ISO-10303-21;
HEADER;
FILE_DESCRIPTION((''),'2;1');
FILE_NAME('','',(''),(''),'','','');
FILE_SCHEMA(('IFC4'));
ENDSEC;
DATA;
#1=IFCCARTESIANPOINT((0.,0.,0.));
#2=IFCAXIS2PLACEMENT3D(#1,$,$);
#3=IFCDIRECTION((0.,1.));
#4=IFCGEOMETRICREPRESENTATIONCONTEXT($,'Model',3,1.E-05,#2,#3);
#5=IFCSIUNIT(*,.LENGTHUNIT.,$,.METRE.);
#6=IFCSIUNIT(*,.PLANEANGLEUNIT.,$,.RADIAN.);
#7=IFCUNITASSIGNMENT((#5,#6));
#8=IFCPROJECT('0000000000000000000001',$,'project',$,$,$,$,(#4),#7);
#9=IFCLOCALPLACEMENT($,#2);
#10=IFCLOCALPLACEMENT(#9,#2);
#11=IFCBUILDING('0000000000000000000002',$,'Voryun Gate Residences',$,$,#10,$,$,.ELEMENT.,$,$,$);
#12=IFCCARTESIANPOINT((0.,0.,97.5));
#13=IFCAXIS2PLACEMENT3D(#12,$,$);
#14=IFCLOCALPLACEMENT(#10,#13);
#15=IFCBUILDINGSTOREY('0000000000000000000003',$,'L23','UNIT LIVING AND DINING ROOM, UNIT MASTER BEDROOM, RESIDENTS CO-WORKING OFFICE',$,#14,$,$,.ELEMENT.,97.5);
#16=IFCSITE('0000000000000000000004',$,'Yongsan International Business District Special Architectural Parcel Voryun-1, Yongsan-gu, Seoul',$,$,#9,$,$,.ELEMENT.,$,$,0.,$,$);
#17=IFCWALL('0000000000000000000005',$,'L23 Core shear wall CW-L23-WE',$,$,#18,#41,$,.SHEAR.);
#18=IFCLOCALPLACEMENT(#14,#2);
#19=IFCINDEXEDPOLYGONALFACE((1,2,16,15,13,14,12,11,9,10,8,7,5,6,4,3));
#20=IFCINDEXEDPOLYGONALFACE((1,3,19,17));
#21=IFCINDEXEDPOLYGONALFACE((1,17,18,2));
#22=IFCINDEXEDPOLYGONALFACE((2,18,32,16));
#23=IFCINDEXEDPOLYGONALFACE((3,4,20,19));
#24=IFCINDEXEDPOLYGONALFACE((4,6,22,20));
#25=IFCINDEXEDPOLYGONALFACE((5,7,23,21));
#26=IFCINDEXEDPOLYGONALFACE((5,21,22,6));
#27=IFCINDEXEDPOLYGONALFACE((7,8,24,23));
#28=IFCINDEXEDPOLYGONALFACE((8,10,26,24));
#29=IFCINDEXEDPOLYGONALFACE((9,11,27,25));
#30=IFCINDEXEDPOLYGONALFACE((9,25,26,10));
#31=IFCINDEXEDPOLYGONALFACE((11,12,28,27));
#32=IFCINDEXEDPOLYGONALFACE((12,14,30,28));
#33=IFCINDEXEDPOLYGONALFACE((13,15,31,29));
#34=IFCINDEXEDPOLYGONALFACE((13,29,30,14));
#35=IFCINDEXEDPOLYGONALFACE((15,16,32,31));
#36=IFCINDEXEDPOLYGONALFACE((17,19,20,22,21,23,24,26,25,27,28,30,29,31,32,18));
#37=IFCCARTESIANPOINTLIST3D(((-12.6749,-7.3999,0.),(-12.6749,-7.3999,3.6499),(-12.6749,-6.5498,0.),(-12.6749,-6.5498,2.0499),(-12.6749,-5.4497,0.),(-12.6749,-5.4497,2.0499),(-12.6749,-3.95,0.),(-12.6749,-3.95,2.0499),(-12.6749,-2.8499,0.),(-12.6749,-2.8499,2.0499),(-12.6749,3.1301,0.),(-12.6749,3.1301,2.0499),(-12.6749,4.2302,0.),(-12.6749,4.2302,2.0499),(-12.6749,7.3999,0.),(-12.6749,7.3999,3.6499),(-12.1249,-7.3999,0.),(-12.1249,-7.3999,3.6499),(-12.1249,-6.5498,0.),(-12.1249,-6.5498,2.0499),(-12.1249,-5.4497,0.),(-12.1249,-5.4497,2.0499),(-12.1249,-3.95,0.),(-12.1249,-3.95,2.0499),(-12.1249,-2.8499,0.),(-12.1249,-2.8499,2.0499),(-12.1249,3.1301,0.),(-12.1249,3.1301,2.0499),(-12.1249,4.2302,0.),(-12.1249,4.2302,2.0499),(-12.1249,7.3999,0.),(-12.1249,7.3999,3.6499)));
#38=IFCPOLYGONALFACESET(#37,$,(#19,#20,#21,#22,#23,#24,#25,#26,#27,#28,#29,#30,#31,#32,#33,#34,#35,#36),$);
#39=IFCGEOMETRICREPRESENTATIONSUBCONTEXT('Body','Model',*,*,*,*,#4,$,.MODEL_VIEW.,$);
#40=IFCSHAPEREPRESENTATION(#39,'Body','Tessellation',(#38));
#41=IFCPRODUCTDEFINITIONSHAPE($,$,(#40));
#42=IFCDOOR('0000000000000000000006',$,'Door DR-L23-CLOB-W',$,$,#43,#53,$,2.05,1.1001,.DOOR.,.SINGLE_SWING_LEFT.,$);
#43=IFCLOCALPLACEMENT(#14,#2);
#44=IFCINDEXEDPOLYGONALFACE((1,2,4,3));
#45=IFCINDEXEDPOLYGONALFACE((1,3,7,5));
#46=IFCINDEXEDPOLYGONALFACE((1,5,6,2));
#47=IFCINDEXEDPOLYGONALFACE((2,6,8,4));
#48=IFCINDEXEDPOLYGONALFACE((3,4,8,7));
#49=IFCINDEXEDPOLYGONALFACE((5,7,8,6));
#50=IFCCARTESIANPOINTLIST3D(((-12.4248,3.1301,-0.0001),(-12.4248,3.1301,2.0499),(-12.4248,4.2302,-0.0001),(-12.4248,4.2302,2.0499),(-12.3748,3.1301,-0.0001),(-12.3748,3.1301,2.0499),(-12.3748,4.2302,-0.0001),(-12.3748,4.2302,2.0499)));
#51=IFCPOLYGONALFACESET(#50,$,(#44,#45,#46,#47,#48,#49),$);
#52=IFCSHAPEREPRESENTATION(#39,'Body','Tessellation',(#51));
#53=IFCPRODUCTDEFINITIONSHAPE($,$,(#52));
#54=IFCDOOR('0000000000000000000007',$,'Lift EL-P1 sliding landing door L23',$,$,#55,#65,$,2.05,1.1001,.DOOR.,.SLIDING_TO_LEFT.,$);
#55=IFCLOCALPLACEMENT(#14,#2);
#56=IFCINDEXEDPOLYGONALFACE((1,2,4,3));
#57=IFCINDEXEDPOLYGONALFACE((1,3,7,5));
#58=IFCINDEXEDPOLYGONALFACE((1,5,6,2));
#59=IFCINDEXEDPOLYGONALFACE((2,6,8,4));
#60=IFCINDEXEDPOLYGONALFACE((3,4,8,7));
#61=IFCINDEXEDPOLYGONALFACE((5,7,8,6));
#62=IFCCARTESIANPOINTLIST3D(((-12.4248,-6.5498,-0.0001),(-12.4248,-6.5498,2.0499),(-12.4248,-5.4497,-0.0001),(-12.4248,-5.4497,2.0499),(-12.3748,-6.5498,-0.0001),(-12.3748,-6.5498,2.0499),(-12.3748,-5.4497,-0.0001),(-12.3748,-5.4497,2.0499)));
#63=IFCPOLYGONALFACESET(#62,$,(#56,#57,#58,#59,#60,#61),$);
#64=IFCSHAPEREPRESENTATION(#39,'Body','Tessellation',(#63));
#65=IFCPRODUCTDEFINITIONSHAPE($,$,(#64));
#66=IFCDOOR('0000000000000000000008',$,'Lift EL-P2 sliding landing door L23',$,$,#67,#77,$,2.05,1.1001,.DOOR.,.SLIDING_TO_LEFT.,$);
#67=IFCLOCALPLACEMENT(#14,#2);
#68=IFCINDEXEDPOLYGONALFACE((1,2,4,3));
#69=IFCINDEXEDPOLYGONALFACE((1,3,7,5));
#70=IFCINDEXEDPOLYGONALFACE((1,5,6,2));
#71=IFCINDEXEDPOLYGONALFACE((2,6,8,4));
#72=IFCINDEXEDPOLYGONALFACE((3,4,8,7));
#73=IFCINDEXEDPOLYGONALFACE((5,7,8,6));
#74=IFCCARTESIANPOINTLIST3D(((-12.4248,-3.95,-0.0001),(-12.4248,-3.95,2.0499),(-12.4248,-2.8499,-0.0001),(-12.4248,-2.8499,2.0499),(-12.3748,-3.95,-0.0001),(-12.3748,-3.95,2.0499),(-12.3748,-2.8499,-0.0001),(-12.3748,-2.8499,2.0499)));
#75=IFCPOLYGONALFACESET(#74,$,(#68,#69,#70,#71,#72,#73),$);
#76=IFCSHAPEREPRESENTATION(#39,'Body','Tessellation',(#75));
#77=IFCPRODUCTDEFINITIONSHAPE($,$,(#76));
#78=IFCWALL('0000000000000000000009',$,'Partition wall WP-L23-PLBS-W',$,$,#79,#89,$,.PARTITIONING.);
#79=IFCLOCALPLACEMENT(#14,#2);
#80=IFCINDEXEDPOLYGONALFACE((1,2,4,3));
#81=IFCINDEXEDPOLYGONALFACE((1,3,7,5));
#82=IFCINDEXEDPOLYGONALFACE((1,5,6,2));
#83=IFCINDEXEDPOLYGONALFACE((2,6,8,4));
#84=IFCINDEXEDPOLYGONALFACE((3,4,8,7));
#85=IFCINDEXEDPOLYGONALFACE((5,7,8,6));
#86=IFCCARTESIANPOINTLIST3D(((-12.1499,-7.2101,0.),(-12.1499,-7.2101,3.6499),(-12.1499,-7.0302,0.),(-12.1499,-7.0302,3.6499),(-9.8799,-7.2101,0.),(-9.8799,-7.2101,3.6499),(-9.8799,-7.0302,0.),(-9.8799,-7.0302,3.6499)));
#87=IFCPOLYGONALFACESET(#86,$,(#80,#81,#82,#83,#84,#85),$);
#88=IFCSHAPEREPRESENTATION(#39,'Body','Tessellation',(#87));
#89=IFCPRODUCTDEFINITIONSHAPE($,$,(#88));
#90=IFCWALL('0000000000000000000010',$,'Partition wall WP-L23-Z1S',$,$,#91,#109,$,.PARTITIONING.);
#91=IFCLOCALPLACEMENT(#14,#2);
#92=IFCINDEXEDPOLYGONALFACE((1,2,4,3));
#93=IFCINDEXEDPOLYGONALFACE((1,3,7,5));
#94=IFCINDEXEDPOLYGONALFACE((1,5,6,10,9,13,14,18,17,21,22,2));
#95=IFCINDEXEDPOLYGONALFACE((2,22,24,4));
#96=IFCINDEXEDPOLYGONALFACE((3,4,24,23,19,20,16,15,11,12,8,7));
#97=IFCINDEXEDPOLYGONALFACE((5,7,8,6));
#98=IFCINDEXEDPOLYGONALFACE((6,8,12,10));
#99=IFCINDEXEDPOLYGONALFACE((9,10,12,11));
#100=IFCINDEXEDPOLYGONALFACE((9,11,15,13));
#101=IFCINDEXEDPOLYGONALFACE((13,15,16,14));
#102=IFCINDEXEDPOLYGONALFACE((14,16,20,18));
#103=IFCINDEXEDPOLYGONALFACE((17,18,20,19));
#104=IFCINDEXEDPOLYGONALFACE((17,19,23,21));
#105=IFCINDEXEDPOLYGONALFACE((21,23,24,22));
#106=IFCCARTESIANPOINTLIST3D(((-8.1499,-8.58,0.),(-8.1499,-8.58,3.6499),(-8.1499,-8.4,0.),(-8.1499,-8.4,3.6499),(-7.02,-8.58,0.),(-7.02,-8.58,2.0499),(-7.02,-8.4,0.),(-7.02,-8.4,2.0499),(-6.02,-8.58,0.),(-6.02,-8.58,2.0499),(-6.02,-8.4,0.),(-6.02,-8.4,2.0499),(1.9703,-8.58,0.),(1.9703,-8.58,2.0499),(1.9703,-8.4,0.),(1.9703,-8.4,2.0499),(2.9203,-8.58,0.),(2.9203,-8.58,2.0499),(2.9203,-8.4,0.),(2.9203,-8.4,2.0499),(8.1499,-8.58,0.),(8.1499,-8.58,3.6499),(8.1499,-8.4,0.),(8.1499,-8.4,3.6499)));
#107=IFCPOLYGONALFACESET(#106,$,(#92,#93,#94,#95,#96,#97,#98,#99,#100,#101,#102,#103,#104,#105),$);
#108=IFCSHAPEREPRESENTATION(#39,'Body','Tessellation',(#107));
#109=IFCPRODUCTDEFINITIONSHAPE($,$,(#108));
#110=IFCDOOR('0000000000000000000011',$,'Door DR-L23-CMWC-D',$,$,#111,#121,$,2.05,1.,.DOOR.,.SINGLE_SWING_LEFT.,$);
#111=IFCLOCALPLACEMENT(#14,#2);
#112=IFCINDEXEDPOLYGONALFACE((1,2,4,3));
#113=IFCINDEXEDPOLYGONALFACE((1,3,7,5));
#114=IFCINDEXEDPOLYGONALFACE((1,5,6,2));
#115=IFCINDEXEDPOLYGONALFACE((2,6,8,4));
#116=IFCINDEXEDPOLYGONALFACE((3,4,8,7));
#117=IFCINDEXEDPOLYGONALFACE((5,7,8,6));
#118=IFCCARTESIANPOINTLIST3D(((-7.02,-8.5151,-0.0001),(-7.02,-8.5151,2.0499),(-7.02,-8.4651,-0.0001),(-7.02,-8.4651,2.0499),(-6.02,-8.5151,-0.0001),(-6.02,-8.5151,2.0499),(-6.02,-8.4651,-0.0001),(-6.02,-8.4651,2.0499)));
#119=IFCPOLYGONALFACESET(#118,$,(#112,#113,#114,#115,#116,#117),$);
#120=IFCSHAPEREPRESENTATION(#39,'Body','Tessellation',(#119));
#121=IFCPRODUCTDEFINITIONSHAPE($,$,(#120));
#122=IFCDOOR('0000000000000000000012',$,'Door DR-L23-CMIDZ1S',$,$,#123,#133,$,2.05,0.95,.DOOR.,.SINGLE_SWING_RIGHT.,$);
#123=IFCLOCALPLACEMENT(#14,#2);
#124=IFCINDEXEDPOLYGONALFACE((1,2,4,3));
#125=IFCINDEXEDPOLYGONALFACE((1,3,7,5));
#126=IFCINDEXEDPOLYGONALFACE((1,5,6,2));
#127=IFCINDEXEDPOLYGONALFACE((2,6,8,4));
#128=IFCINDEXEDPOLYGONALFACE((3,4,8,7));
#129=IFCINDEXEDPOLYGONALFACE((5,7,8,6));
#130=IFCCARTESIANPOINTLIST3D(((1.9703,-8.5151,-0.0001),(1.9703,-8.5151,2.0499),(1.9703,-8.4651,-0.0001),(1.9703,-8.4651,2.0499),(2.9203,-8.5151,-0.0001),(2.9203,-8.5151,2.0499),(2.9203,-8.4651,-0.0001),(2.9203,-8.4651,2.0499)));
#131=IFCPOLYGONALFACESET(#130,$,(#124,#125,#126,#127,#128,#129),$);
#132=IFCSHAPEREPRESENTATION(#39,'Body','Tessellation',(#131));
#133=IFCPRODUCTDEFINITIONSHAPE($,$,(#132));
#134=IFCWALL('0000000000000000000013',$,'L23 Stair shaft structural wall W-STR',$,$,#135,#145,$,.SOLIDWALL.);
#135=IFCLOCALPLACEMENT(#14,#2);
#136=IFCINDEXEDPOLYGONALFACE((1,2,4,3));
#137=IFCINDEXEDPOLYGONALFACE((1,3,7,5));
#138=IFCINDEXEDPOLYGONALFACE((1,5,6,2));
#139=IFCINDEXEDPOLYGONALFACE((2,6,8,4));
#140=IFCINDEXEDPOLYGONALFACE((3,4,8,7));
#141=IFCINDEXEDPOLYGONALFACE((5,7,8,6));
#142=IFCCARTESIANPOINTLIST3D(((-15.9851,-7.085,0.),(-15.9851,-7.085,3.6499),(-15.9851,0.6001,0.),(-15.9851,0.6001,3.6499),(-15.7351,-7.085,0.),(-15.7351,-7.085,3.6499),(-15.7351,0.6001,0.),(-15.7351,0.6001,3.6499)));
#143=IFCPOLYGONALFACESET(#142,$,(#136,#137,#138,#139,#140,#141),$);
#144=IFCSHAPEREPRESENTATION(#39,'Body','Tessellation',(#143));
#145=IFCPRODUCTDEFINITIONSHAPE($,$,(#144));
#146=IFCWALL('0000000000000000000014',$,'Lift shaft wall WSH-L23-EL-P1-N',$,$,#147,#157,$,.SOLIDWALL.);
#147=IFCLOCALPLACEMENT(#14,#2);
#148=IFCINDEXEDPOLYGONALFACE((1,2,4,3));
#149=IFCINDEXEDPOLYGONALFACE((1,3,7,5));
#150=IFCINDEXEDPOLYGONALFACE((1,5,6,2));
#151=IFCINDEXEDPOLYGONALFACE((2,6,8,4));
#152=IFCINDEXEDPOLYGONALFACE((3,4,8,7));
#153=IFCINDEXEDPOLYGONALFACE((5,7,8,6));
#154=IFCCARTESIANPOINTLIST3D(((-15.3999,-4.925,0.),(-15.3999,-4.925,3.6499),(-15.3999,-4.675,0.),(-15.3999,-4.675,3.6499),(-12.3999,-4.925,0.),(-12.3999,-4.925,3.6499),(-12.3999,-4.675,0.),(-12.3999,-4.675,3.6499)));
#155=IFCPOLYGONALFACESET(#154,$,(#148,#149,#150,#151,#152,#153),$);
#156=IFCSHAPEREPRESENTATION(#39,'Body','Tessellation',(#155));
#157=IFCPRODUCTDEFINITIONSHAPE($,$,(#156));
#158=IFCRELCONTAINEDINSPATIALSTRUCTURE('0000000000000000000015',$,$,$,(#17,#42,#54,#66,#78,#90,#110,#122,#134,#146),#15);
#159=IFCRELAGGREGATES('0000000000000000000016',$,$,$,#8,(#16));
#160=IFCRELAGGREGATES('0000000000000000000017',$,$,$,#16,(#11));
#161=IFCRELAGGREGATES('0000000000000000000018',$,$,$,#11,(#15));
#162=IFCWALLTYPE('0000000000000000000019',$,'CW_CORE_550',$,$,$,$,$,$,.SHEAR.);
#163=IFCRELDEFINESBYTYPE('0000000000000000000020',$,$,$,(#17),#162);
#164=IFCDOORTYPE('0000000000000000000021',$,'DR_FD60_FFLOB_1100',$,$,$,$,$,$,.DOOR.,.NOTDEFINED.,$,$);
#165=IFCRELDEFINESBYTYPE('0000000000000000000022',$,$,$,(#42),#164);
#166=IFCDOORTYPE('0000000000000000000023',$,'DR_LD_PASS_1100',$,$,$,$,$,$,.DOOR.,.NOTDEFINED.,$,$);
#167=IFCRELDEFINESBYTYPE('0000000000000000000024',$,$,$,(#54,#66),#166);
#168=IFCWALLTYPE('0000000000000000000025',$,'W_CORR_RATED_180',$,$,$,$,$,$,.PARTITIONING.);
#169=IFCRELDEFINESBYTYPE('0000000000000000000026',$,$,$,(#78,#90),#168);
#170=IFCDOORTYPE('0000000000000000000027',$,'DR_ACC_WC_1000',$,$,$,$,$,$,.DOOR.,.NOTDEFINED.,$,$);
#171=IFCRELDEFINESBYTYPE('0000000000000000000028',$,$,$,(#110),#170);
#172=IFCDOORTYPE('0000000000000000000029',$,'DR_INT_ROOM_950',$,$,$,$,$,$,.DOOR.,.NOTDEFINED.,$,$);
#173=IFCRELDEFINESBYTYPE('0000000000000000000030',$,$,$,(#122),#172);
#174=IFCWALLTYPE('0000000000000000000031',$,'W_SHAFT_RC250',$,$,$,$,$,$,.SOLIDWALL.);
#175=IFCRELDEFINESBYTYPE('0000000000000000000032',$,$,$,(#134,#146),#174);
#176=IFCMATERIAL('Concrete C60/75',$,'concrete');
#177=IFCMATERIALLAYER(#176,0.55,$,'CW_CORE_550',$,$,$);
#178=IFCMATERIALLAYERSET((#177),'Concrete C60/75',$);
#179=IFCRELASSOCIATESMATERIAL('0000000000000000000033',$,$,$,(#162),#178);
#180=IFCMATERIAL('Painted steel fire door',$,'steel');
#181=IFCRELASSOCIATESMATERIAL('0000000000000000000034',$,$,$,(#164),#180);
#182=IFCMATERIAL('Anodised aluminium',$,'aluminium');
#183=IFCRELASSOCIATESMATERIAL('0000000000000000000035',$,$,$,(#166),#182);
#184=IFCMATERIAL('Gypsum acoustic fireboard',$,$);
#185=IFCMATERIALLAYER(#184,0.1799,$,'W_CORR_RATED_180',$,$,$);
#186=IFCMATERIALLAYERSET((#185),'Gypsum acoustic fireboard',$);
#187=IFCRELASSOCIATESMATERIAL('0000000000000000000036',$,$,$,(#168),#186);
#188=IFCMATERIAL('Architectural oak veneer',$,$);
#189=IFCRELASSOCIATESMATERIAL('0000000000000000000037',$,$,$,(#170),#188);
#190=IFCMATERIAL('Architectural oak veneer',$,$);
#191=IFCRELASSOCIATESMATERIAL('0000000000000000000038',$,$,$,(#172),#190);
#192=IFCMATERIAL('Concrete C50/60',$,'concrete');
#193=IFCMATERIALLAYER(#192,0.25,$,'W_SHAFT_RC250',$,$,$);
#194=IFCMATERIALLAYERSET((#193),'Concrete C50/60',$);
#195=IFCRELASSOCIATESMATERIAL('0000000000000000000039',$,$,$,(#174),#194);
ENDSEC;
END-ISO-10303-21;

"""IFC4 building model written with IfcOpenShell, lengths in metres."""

from ifc_helpers import new_model, si_unit, direction, frame, frame_2d, origin, place, context, subcontext, project, spatial, rectangle, extrude, material, layer, layer_set, type_object, element, fill, save


model = new_model("IFC4")

# Units and contexts
model_context = context("Model", 3, precision=1e-05, world=origin(), true_north=direction((0.0, 1.0)))
body_context = subcontext(model_context, "Body", "Model", "MODEL_VIEW")
ifc_project = project(units=[si_unit("LENGTHUNIT", "METRE"), si_unit("PLANEANGLEUNIT", "RADIAN")], contexts=[model_context])

# Site, building, storey
site_placement = place(None, origin())
site = spatial("IfcSite", under=ifc_project, at=site_placement, Name="Yongsan International Business District Special Architectural Parcel Voryun-1, Yongsan-gu, Seoul", CompositionType="ELEMENT", RefElevation=0.0)
building_placement = place(site_placement, origin())
building = spatial("IfcBuilding", under=site, at=building_placement, Name="Voryun Gate Residences", CompositionType="ELEMENT")
storey_placement = place(building_placement, frame((0.0, 0.0, 97.5)))
storey = spatial("IfcBuildingStorey", under=building, at=storey_placement, Name="L23", Description="UNIT LIVING AND DINING ROOM, UNIT MASTER BEDROOM, RESIDENTS CO-WORKING OFFICE", CompositionType="ELEMENT", Elevation=97.5)

# Wall, openings, doors
ifc_material_1 = material(Name="Concrete C60/75", Category="concrete")
ifc_layer_1 = layer(ifc_material_1, 0.55, Name="CW_CORE_550")
ifc_layer_set_1 = layer_set([ifc_layer_1], Name="Concrete C60/75")
wall_type_1 = type_object("IfcWallType", Name="CW_CORE_550", PredefinedType="SHEAR", material=ifc_layer_set_1)
wall_1_placement = place(storey_placement, frame((-12.3999, -7.3999, 0.0), z_axis=(0.0, 0.0, 1.0), x_axis=(0.0, 1.0, 0.0)))
wall_1 = element("IfcWall", 1, at=wall_1_placement, inside=storey, type_object=wall_type_1, Name="L23 Core shear wall CW-L23-WE", PredefinedType="SHEAR", context=body_context, shape_type="SweptSolid", body=[
    extrude(rectangle(XDim=14.7998, YDim=0.55, at=frame_2d((7.3999, 0.0))), origin(), (0.0, 0.0, 1.0), 3.6499),
])
opening_1_placement = place(wall_1_placement, frame((0.8501, 0.0, 0.0)))
opening_1 = element("IfcOpeningElement", 2, at=opening_1_placement, cuts=wall_1, PredefinedType="OPENING", context=body_context, shape_type="SweptSolid", body=[
    extrude(rectangle(XDim=1.1001, YDim=2.05, at=frame_2d((0.55, 1.0249))), frame((0.0, 0.2849, 0.0), z_axis=(0.0, -1.0, 0.0), x_axis=(1.0, 0.0, 0.0)), (0.0, 0.0, 1.0), 0.5701),
])
opening_2_placement = place(wall_1_placement, frame((3.45, 0.0, 0.0)))
opening_2 = element("IfcOpeningElement", 3, at=opening_2_placement, cuts=wall_1, PredefinedType="OPENING", context=body_context, shape_type="SweptSolid", body=[
    extrude(rectangle(XDim=1.1001, YDim=2.05, at=frame_2d((0.55, 1.0249))), frame((0.0, 0.2849, 0.0), z_axis=(0.0, -1.0, 0.0), x_axis=(1.0, 0.0, 0.0)), (0.0, 0.0, 1.0), 0.5701),
])
opening_3_placement = place(wall_1_placement, frame((10.53, 0.0, 0.0)))
opening_3 = element("IfcOpeningElement", 4, at=opening_3_placement, cuts=wall_1, PredefinedType="OPENING", context=body_context, shape_type="SweptSolid", body=[
    extrude(rectangle(XDim=1.1001, YDim=2.05, at=frame_2d((0.55, 1.0249))), frame((0.0, 0.2849, 0.0), z_axis=(0.0, -1.0, 0.0), x_axis=(1.0, 0.0, 0.0)), (0.0, 0.0, 1.0), 0.5701),
])
ifc_material_2 = material(Name="Painted steel fire door", Category="steel")
door_type_1 = type_object("IfcDoorType", Name="DR_FD60_FFLOB_1100", OperationType="NOTDEFINED", PredefinedType="DOOR", material=ifc_material_2)
door_1_placement = place(opening_3_placement, origin())
door_1 = element("IfcDoor", 5, at=door_1_placement, inside=storey, type_object=door_type_1, Name="Door DR-L23-CLOB-W", OperationType="SINGLE_SWING_LEFT", OverallHeight=2.05, OverallWidth=1.1001, PredefinedType="DOOR", context=body_context, shape_type="SweptSolid", body=[
    extrude(rectangle(XDim=1.1001, YDim=2.05, at=frame_2d((0.55, 1.0249))), frame((0.0, 0.0249, 0.0), z_axis=(0.0, -1.0, 0.0), x_axis=(1.0, 0.0, 0.0)), (0.0, 0.0, 1.0), 0.05),
])
fill(opening_3, door_1)
ifc_material_3 = material(Name="Anodised aluminium", Category="aluminium")
door_type_2 = type_object("IfcDoorType", Name="DR_LD_PASS_1100", OperationType="NOTDEFINED", PredefinedType="DOOR", material=ifc_material_3)
door_2_placement = place(opening_1_placement, origin())
door_2 = element("IfcDoor", 6, at=door_2_placement, inside=storey, type_object=door_type_2, Name="Lift EL-P1 sliding landing door L23", OperationType="SLIDING_TO_LEFT", OverallHeight=2.05, OverallWidth=1.1001, PredefinedType="DOOR", context=body_context, shape_type="SweptSolid", body=[
    extrude(rectangle(XDim=1.1001, YDim=2.05, at=frame_2d((0.55, 1.0249))), frame((0.0, 0.0249, 0.0), z_axis=(0.0, -1.0, 0.0), x_axis=(1.0, 0.0, 0.0)), (0.0, 0.0, 1.0), 0.05),
])
fill(opening_1, door_2)
door_3_placement = place(opening_2_placement, origin())
door_3 = element("IfcDoor", 7, at=door_3_placement, inside=storey, type_object=door_type_2, Name="Lift EL-P2 sliding landing door L23", OperationType="SLIDING_TO_LEFT", OverallHeight=2.05, OverallWidth=1.1001, PredefinedType="DOOR", context=body_context, shape_type="SweptSolid", body=[
    extrude(rectangle(XDim=1.1001, YDim=2.05, at=frame_2d((0.55, 1.0249))), frame((0.0, 0.0249, 0.0), z_axis=(0.0, -1.0, 0.0), x_axis=(1.0, 0.0, 0.0)), (0.0, 0.0, 1.0), 0.05),
])
fill(opening_2, door_3)

# Wall
ifc_material_4 = material(Name="Gypsum acoustic fireboard")
ifc_layer_2 = layer(ifc_material_4, 0.1799, Name="W_CORR_RATED_180")
ifc_layer_set_2 = layer_set([ifc_layer_2], Name="Gypsum acoustic fireboard")
wall_type_2 = type_object("IfcWallType", Name="W_CORR_RATED_180", PredefinedType="PARTITIONING", material=ifc_layer_set_2)
wall_2_placement = place(storey_placement, frame((-12.1499, -7.1201, 0.0), z_axis=(0.0, 0.0, 1.0), x_axis=(1.0, 0.0, 0.0)))
element("IfcWall", 8, at=wall_2_placement, inside=storey, type_object=wall_type_2, Name="Partition wall WP-L23-PLBS-W", PredefinedType="PARTITIONING", context=body_context, shape_type="SweptSolid", body=[
    extrude(rectangle(XDim=2.27, YDim=0.1799, at=frame_2d((1.135, 0.0))), origin(), (0.0, 0.0, 1.0), 3.6499),
])

# Wall, openings, doors
wall_3_placement = place(storey_placement, frame((-8.1499, -8.49, 0.0), z_axis=(0.0, 0.0, 1.0), x_axis=(1.0, 0.0, 0.0)))
wall_3 = element("IfcWall", 9, at=wall_3_placement, inside=storey, type_object=wall_type_2, Name="Partition wall WP-L23-Z1S", PredefinedType="PARTITIONING", context=body_context, shape_type="SweptSolid", body=[
    extrude(rectangle(XDim=16.2998, YDim=0.1799, at=frame_2d((8.1499, 0.0))), origin(), (0.0, 0.0, 1.0), 3.6499),
])
opening_4_placement = place(wall_3_placement, frame((1.1299, 0.0, 0.0)))
opening_4 = element("IfcOpeningElement", 10, at=opening_4_placement, cuts=wall_3, PredefinedType="OPENING", context=body_context, shape_type="SweptSolid", body=[
    extrude(rectangle(XDim=1.0, YDim=2.05, at=frame_2d((0.5, 1.0249))), frame((0.0, 0.0999, 0.0), z_axis=(0.0, -1.0, 0.0), x_axis=(1.0, 0.0, 0.0)), (0.0, 0.0, 1.0), 0.2),
])
opening_5_placement = place(wall_3_placement, frame((10.1201, 0.0, 0.0)))
opening_5 = element("IfcOpeningElement", 11, at=opening_5_placement, cuts=wall_3, PredefinedType="OPENING", context=body_context, shape_type="SweptSolid", body=[
    extrude(rectangle(XDim=0.95, YDim=2.05, at=frame_2d((0.4751, 1.0249))), frame((0.0, 0.0999, 0.0), z_axis=(0.0, -1.0, 0.0), x_axis=(1.0, 0.0, 0.0)), (0.0, 0.0, 1.0), 0.2),
])
ifc_material_5 = material(Name="Architectural oak veneer")
door_type_3 = type_object("IfcDoorType", Name="DR_ACC_WC_1000", OperationType="NOTDEFINED", PredefinedType="DOOR", material=ifc_material_5)
door_4_placement = place(opening_4_placement, origin())
door_4 = element("IfcDoor", 12, at=door_4_placement, inside=storey, type_object=door_type_3, Name="Door DR-L23-CMWC-D", OperationType="SINGLE_SWING_LEFT", OverallHeight=2.05, OverallWidth=1.0, PredefinedType="DOOR", context=body_context, shape_type="SweptSolid", body=[
    extrude(rectangle(XDim=1.0, YDim=2.05, at=frame_2d((0.5, 1.0249))), frame((0.0, 0.0249, 0.0), z_axis=(0.0, -1.0, 0.0), x_axis=(1.0, 0.0, 0.0)), (0.0, 0.0, 1.0), 0.05),
])
fill(opening_4, door_4)
ifc_material_6 = material(Name="Architectural oak veneer")
door_type_4 = type_object("IfcDoorType", Name="DR_INT_ROOM_950", OperationType="NOTDEFINED", PredefinedType="DOOR", material=ifc_material_6)
door_5_placement = place(opening_5_placement, origin())
door_5 = element("IfcDoor", 13, at=door_5_placement, inside=storey, type_object=door_type_4, Name="Door DR-L23-CMIDZ1S", OperationType="SINGLE_SWING_RIGHT", OverallHeight=2.05, OverallWidth=0.95, PredefinedType="DOOR", context=body_context, shape_type="SweptSolid", body=[
    extrude(rectangle(XDim=0.95, YDim=2.05, at=frame_2d((0.4751, 1.0249))), frame((0.0, 0.0249, 0.0), z_axis=(0.0, -1.0, 0.0), x_axis=(1.0, 0.0, 0.0)), (0.0, 0.0, 1.0), 0.05),
])
fill(opening_5, door_5)

# Walls
ifc_material_7 = material(Name="Concrete C50/60", Category="concrete")
ifc_layer_3 = layer(ifc_material_7, 0.25, Name="W_SHAFT_RC250")
ifc_layer_set_3 = layer_set([ifc_layer_3], Name="Concrete C50/60")
wall_type_3 = type_object("IfcWallType", Name="W_SHAFT_RC250", PredefinedType="SOLIDWALL", material=ifc_layer_set_3)
wall_4_placement = place(storey_placement, frame((-15.8601, -7.085, 0.0), z_axis=(0.0, 0.0, 1.0), x_axis=(0.0, 1.0, 0.0)))
element("IfcWall", 14, at=wall_4_placement, inside=storey, type_object=wall_type_3, Name="L23 Stair shaft structural wall W-STR", PredefinedType="SOLIDWALL", context=body_context, shape_type="SweptSolid", body=[
    extrude(rectangle(XDim=7.6851, YDim=0.25, at=frame_2d((3.8425, 0.0))), origin(), (0.0, 0.0, 1.0), 3.6499),
])
wall_5_placement = place(storey_placement, frame((-12.3999, -4.8, 0.0), z_axis=(0.0, 0.0, 1.0), x_axis=(-1.0, 0.0, 0.0)))
element("IfcWall", 15, at=wall_5_placement, inside=storey, type_object=wall_type_3, Name="Lift shaft wall WSH-L23-EL-P1-N", PredefinedType="SOLIDWALL", context=body_context, shape_type="SweptSolid", body=[
    extrude(rectangle(XDim=3.0, YDim=0.25, at=frame_2d((1.5, 0.0))), origin(), (0.0, 0.0, 1.0), 3.6499),
])

save(model, "model.ifc")
